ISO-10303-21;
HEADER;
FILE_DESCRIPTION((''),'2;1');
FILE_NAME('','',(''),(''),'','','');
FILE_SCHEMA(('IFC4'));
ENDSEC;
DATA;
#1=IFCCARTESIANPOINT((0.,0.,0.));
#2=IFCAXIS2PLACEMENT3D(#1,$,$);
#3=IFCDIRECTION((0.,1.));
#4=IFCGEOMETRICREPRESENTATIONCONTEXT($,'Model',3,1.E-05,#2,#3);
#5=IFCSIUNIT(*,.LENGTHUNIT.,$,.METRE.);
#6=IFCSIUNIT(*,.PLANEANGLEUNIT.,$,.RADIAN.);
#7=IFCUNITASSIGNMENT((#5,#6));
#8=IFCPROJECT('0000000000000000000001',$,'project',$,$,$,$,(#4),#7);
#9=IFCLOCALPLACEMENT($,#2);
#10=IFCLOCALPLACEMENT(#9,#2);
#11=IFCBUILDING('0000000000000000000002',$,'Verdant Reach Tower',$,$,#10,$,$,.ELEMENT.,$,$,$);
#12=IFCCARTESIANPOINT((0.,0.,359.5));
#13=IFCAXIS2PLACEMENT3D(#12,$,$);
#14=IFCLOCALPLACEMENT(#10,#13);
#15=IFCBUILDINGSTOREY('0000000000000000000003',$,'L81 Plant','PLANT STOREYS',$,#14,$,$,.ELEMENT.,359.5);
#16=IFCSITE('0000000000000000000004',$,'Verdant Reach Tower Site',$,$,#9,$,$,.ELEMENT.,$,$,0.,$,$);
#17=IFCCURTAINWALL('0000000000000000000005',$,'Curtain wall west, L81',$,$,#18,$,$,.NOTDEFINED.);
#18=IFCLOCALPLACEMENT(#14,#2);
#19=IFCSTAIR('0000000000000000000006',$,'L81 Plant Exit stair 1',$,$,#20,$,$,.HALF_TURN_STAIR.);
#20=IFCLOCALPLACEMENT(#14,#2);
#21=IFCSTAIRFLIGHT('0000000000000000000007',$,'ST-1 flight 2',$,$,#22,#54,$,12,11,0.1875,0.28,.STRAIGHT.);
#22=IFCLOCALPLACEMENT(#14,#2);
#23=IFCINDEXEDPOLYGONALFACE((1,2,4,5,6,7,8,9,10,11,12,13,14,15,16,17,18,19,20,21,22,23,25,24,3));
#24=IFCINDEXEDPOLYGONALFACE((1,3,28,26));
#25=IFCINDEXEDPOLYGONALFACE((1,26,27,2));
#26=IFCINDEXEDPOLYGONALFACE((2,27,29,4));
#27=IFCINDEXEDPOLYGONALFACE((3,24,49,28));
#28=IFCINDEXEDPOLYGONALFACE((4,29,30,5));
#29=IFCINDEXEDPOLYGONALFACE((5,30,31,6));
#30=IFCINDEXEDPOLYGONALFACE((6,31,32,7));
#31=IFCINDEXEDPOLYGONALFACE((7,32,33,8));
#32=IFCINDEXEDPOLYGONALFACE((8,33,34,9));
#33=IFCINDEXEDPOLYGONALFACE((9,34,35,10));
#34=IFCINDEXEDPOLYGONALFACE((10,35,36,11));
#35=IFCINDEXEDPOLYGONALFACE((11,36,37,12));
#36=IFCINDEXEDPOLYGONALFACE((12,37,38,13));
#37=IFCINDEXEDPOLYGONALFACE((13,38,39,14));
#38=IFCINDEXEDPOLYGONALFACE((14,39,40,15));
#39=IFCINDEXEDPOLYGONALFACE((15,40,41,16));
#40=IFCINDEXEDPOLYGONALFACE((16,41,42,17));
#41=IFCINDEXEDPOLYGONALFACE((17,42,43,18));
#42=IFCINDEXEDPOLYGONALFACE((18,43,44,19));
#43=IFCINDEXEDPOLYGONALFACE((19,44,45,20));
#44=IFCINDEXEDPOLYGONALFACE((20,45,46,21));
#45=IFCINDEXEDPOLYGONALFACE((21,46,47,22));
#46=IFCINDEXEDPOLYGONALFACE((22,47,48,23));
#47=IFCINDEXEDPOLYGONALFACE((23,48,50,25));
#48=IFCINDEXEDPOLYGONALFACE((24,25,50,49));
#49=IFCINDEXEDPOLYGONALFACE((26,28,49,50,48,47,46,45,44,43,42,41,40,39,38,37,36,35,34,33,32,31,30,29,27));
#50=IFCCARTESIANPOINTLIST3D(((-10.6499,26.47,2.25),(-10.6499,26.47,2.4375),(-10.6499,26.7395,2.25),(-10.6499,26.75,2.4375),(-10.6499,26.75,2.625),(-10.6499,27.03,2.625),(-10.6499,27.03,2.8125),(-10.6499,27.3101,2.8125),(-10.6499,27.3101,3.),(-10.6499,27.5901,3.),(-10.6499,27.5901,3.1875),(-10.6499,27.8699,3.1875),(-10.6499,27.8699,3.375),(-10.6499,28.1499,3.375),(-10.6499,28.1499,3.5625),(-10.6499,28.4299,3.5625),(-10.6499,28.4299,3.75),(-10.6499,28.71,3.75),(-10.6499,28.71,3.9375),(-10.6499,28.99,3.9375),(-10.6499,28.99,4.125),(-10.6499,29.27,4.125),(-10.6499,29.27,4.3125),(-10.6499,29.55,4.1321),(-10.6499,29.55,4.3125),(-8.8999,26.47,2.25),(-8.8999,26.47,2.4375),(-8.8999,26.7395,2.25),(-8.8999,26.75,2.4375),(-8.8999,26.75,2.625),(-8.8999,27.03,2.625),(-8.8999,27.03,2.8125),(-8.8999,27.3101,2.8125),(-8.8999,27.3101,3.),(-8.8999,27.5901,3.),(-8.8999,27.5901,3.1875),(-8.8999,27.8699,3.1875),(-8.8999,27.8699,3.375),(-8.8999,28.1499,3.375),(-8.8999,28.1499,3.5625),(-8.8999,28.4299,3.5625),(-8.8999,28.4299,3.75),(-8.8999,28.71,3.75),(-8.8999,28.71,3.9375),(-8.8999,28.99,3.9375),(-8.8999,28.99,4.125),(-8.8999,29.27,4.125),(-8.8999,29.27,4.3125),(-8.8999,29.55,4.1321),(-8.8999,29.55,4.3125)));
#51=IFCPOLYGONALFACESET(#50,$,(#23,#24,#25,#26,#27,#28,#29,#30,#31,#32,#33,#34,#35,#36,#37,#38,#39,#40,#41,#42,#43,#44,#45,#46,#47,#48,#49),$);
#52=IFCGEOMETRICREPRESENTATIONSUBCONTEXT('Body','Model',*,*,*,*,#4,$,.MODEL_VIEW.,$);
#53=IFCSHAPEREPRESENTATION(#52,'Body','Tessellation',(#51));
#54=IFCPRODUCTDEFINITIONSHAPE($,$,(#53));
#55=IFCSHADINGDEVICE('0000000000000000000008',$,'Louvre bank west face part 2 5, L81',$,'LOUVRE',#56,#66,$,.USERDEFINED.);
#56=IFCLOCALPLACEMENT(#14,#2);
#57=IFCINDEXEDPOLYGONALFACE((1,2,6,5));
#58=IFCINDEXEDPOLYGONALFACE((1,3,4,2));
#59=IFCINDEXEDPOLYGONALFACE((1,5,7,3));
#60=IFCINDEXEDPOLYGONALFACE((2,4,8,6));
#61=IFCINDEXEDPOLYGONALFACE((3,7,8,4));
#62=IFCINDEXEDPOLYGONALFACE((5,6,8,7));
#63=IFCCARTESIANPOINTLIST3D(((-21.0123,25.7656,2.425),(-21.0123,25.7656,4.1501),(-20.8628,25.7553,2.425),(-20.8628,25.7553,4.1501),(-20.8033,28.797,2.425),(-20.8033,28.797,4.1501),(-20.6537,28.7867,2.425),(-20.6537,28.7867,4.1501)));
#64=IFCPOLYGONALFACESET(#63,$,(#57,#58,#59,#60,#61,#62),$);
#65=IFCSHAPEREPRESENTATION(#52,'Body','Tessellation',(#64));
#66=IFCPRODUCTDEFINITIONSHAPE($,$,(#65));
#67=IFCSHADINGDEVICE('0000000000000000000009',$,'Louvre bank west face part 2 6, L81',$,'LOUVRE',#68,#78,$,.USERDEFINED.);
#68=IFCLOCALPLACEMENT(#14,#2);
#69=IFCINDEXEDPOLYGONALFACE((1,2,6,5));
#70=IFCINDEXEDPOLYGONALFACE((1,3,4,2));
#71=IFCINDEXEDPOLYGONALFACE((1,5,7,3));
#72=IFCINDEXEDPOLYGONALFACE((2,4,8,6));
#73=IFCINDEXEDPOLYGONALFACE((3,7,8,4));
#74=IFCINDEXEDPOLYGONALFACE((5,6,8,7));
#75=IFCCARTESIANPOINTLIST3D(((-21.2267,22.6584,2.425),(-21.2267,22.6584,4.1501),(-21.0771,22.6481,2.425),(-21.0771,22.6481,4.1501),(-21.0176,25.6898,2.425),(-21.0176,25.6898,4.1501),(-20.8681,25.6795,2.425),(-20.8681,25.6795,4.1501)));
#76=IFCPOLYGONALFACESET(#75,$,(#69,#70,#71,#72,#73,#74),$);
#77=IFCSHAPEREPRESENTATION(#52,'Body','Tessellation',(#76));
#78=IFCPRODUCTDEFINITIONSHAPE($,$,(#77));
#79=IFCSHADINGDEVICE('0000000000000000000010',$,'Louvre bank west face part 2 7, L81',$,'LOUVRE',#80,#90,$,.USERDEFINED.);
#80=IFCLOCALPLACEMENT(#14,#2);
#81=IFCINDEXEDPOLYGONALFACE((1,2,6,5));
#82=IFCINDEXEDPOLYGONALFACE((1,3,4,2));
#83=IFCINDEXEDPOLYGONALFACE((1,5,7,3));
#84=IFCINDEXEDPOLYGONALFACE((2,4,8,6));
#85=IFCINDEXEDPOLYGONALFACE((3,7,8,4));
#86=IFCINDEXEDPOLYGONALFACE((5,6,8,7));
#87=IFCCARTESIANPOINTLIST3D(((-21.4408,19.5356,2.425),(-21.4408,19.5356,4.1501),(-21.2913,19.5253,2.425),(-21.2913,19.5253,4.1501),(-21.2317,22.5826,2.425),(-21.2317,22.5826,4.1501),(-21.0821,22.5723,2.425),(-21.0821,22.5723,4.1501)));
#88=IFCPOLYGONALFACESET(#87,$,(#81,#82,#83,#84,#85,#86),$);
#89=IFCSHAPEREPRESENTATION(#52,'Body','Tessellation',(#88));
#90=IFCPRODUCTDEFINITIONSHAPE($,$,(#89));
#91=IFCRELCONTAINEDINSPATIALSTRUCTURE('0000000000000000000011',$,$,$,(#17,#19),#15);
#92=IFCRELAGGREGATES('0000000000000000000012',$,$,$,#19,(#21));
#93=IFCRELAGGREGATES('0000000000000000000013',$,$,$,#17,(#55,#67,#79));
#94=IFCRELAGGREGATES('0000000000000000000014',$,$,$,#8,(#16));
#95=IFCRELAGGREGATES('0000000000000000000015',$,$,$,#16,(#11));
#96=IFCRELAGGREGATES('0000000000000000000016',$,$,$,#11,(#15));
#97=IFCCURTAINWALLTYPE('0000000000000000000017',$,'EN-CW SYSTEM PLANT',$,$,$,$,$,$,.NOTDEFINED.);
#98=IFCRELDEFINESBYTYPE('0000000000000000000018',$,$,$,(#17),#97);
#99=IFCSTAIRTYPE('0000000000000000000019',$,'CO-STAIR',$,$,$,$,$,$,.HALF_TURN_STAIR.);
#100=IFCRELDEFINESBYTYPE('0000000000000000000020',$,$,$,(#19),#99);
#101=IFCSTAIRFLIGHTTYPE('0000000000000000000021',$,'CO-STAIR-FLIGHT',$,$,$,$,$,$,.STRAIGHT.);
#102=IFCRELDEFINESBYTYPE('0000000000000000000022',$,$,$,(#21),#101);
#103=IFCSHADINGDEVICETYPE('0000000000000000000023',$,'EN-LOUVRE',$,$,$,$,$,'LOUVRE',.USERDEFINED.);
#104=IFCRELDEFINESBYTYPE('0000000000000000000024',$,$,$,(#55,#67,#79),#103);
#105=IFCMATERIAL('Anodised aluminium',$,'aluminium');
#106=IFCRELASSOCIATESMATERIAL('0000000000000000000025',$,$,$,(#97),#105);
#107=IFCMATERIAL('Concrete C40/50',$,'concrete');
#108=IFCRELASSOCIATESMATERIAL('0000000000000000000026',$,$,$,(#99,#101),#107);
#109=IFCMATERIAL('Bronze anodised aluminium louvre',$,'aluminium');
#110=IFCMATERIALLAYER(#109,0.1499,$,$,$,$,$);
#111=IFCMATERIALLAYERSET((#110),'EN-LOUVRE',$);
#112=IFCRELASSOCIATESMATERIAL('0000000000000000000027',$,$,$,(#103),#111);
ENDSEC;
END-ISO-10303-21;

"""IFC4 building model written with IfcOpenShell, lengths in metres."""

from ifc_helpers import new_model, si_unit, direction, frame, origin, origin_2d, place, context, subcontext, project, spatial, polyline, rectangle, outline, extrude, material, layer, layer_set, type_object, element, aggregate, save


model = new_model("IFC4")

# Units and contexts
model_context = context("Model", 3, precision=1e-05, world=origin(), true_north=direction((0.0, 1.0)))
body_context = subcontext(model_context, "Body", "Model", "MODEL_VIEW")
ifc_project = project(units=[si_unit("LENGTHUNIT", "METRE"), si_unit("PLANEANGLEUNIT", "RADIAN")], contexts=[model_context])

# Site, building, storey
site_placement = place(None, origin())
site = spatial("IfcSite", under=ifc_project, at=site_placement, Name="Verdant Reach Tower Site", CompositionType="ELEMENT", RefElevation=0.0)
building_placement = place(site_placement, origin())
building = spatial("IfcBuilding", under=site, at=building_placement, Name="Verdant Reach Tower", CompositionType="ELEMENT")
storey_placement = place(building_placement, frame((0.0, 0.0, 359.5)))
storey = spatial("IfcBuildingStorey", under=building, at=storey_placement, Name="L81 Plant", Description="PLANT STOREYS", CompositionType="ELEMENT", Elevation=359.5)

# Curtain wall
ifc_material_1 = material(Name="Anodised aluminium", Category="aluminium")
curtain_wall_type = type_object("IfcCurtainWallType", Name="EN-CW SYSTEM PLANT", PredefinedType="NOTDEFINED", material=ifc_material_1)
curtain_wall_1_placement = place(storey_placement, origin())
curtain_wall_1 = element("IfcCurtainWall", 1, at=curtain_wall_1_placement, inside=storey, type_object=curtain_wall_type, Name="Curtain wall west, L81", PredefinedType="NOTDEFINED")

# Shared definitions
ifc_material_2 = material(Name="Concrete C40/50", Category="concrete")

# Stair, stair flight
stair_type = type_object("IfcStairType", Name="CO-STAIR", PredefinedType="HALF_TURN_STAIR", material=ifc_material_2)
stair_placement = place(storey_placement, origin())
stair = element("IfcStair", 2, at=stair_placement, inside=storey, type_object=stair_type, Name="L81 Plant Exit stair 1", PredefinedType="HALF_TURN_STAIR")
stair_flight_type = type_object("IfcStairFlightType", Name="CO-STAIR-FLIGHT", PredefinedType="STRAIGHT", material=ifc_material_2)
stair_flight_placement = place(storey_placement, frame((-9.7749, 26.47, 2.25), z_axis=(0.0, 0.0, 1.0), x_axis=(0.0, 1.0, 0.0)))
stair_flight = element("IfcStairFlight", 3, at=stair_flight_placement, type_object=stair_flight_type, Name="ST-1 flight 2", NumberOfRisers=12, NumberOfTreads=11, PredefinedType="STRAIGHT", RiserHeight=0.1875, TreadLength=0.28, context=body_context, shape_type="SweptSolid", body=[
    extrude(outline(polyline([(0.0, 0.0), (0.0, 0.1875), (0.28, 0.1875), (0.28, 0.375), (0.5601, 0.375), (0.5601, 0.5625), (0.8401, 0.5625), (0.8401, 0.75), (1.1201, 0.75), (1.1201, 0.9375), (1.3999, 0.9375), (1.3999, 1.125), (1.6799, 1.125), (1.6799, 1.3125), (1.96, 1.3125), (1.96, 1.5), (2.24, 1.5), (2.24, 1.6875), (2.52, 1.6875), (2.52, 1.875), (2.8, 1.875), (2.8, 2.0625), (3.0801, 2.0625), (3.0801, 2.25), (3.0801, 1.8821), (0.2695, 0.0), (0.0, 0.0)])), frame((0.0, 0.875, 0.0), z_axis=(0.0, -1.0, 0.0), x_axis=(1.0, 0.0, 0.0)), (0.0, 0.0, 1.0), 1.75),
])
aggregate(stair, [stair_flight])

# Shading devices
ifc_material_3 = material(Name="Bronze anodised aluminium louvre", Category="aluminium")
ifc_layer_1 = layer(ifc_material_3, 0.1499)
ifc_layer_set_1 = layer_set([ifc_layer_1], Name="EN-LOUVRE")
shading_device_type = type_object("IfcShadingDeviceType", Name="EN-LOUVRE", ElementType="LOUVRE", PredefinedType="USERDEFINED", material=ifc_layer_set_1)
shading_device_1_placement = place(storey_placement, frame((-20.833, 27.2761, 2.425), z_axis=(0.0, 0.0, 1.0), x_axis=(-0.068802, -0.99763, 0.0)))
shading_device_1 = element("IfcShadingDevice", 4, at=shading_device_1_placement, type_object=shading_device_type, Name="Louvre bank west face part 2 5, L81", ObjectType="LOUVRE", PredefinedType="USERDEFINED", context=body_context, shape_type="SweptSolid", body=[
    extrude(rectangle(XDim=3.0386, YDim=0.1499, at=origin_2d()), origin(), (0.0, 0.0, 1.0), 1.7251),
])
shading_device_2_placement = place(storey_placement, frame((-21.0474, 24.1689, 2.425), z_axis=(0.0, 0.0, 1.0), x_axis=(-0.068802, -0.99763, 0.0)))
shading_device_2 = element("IfcShadingDevice", 5, at=shading_device_2_placement, type_object=shading_device_type, Name="Louvre bank west face part 2 6, L81", ObjectType="LOUVRE", PredefinedType="USERDEFINED", context=body_context, shape_type="SweptSolid", body=[
    extrude(rectangle(XDim=3.0386, YDim=0.1499, at=origin_2d()), origin(), (0.0, 0.0, 1.0), 1.7251),
])
shading_device_3_placement = place(storey_placement, frame((-21.2615, 21.054, 2.425), z_axis=(0.0, 0.0, 1.0), x_axis=(-0.068469, -0.997653, 0.0)))
shading_device_3 = element("IfcShadingDevice", 6, at=shading_device_3_placement, type_object=shading_device_type, Name="Louvre bank west face part 2 7, L81", ObjectType="LOUVRE", PredefinedType="USERDEFINED", context=body_context, shape_type="SweptSolid", body=[
    extrude(rectangle(XDim=3.0542, YDim=0.1499, at=origin_2d()), origin(), (0.0, 0.0, 1.0), 1.7251),
])
aggregate(curtain_wall_1, [shading_device_1, shading_device_2, shading_device_3])

save(model, "model.ifc")
